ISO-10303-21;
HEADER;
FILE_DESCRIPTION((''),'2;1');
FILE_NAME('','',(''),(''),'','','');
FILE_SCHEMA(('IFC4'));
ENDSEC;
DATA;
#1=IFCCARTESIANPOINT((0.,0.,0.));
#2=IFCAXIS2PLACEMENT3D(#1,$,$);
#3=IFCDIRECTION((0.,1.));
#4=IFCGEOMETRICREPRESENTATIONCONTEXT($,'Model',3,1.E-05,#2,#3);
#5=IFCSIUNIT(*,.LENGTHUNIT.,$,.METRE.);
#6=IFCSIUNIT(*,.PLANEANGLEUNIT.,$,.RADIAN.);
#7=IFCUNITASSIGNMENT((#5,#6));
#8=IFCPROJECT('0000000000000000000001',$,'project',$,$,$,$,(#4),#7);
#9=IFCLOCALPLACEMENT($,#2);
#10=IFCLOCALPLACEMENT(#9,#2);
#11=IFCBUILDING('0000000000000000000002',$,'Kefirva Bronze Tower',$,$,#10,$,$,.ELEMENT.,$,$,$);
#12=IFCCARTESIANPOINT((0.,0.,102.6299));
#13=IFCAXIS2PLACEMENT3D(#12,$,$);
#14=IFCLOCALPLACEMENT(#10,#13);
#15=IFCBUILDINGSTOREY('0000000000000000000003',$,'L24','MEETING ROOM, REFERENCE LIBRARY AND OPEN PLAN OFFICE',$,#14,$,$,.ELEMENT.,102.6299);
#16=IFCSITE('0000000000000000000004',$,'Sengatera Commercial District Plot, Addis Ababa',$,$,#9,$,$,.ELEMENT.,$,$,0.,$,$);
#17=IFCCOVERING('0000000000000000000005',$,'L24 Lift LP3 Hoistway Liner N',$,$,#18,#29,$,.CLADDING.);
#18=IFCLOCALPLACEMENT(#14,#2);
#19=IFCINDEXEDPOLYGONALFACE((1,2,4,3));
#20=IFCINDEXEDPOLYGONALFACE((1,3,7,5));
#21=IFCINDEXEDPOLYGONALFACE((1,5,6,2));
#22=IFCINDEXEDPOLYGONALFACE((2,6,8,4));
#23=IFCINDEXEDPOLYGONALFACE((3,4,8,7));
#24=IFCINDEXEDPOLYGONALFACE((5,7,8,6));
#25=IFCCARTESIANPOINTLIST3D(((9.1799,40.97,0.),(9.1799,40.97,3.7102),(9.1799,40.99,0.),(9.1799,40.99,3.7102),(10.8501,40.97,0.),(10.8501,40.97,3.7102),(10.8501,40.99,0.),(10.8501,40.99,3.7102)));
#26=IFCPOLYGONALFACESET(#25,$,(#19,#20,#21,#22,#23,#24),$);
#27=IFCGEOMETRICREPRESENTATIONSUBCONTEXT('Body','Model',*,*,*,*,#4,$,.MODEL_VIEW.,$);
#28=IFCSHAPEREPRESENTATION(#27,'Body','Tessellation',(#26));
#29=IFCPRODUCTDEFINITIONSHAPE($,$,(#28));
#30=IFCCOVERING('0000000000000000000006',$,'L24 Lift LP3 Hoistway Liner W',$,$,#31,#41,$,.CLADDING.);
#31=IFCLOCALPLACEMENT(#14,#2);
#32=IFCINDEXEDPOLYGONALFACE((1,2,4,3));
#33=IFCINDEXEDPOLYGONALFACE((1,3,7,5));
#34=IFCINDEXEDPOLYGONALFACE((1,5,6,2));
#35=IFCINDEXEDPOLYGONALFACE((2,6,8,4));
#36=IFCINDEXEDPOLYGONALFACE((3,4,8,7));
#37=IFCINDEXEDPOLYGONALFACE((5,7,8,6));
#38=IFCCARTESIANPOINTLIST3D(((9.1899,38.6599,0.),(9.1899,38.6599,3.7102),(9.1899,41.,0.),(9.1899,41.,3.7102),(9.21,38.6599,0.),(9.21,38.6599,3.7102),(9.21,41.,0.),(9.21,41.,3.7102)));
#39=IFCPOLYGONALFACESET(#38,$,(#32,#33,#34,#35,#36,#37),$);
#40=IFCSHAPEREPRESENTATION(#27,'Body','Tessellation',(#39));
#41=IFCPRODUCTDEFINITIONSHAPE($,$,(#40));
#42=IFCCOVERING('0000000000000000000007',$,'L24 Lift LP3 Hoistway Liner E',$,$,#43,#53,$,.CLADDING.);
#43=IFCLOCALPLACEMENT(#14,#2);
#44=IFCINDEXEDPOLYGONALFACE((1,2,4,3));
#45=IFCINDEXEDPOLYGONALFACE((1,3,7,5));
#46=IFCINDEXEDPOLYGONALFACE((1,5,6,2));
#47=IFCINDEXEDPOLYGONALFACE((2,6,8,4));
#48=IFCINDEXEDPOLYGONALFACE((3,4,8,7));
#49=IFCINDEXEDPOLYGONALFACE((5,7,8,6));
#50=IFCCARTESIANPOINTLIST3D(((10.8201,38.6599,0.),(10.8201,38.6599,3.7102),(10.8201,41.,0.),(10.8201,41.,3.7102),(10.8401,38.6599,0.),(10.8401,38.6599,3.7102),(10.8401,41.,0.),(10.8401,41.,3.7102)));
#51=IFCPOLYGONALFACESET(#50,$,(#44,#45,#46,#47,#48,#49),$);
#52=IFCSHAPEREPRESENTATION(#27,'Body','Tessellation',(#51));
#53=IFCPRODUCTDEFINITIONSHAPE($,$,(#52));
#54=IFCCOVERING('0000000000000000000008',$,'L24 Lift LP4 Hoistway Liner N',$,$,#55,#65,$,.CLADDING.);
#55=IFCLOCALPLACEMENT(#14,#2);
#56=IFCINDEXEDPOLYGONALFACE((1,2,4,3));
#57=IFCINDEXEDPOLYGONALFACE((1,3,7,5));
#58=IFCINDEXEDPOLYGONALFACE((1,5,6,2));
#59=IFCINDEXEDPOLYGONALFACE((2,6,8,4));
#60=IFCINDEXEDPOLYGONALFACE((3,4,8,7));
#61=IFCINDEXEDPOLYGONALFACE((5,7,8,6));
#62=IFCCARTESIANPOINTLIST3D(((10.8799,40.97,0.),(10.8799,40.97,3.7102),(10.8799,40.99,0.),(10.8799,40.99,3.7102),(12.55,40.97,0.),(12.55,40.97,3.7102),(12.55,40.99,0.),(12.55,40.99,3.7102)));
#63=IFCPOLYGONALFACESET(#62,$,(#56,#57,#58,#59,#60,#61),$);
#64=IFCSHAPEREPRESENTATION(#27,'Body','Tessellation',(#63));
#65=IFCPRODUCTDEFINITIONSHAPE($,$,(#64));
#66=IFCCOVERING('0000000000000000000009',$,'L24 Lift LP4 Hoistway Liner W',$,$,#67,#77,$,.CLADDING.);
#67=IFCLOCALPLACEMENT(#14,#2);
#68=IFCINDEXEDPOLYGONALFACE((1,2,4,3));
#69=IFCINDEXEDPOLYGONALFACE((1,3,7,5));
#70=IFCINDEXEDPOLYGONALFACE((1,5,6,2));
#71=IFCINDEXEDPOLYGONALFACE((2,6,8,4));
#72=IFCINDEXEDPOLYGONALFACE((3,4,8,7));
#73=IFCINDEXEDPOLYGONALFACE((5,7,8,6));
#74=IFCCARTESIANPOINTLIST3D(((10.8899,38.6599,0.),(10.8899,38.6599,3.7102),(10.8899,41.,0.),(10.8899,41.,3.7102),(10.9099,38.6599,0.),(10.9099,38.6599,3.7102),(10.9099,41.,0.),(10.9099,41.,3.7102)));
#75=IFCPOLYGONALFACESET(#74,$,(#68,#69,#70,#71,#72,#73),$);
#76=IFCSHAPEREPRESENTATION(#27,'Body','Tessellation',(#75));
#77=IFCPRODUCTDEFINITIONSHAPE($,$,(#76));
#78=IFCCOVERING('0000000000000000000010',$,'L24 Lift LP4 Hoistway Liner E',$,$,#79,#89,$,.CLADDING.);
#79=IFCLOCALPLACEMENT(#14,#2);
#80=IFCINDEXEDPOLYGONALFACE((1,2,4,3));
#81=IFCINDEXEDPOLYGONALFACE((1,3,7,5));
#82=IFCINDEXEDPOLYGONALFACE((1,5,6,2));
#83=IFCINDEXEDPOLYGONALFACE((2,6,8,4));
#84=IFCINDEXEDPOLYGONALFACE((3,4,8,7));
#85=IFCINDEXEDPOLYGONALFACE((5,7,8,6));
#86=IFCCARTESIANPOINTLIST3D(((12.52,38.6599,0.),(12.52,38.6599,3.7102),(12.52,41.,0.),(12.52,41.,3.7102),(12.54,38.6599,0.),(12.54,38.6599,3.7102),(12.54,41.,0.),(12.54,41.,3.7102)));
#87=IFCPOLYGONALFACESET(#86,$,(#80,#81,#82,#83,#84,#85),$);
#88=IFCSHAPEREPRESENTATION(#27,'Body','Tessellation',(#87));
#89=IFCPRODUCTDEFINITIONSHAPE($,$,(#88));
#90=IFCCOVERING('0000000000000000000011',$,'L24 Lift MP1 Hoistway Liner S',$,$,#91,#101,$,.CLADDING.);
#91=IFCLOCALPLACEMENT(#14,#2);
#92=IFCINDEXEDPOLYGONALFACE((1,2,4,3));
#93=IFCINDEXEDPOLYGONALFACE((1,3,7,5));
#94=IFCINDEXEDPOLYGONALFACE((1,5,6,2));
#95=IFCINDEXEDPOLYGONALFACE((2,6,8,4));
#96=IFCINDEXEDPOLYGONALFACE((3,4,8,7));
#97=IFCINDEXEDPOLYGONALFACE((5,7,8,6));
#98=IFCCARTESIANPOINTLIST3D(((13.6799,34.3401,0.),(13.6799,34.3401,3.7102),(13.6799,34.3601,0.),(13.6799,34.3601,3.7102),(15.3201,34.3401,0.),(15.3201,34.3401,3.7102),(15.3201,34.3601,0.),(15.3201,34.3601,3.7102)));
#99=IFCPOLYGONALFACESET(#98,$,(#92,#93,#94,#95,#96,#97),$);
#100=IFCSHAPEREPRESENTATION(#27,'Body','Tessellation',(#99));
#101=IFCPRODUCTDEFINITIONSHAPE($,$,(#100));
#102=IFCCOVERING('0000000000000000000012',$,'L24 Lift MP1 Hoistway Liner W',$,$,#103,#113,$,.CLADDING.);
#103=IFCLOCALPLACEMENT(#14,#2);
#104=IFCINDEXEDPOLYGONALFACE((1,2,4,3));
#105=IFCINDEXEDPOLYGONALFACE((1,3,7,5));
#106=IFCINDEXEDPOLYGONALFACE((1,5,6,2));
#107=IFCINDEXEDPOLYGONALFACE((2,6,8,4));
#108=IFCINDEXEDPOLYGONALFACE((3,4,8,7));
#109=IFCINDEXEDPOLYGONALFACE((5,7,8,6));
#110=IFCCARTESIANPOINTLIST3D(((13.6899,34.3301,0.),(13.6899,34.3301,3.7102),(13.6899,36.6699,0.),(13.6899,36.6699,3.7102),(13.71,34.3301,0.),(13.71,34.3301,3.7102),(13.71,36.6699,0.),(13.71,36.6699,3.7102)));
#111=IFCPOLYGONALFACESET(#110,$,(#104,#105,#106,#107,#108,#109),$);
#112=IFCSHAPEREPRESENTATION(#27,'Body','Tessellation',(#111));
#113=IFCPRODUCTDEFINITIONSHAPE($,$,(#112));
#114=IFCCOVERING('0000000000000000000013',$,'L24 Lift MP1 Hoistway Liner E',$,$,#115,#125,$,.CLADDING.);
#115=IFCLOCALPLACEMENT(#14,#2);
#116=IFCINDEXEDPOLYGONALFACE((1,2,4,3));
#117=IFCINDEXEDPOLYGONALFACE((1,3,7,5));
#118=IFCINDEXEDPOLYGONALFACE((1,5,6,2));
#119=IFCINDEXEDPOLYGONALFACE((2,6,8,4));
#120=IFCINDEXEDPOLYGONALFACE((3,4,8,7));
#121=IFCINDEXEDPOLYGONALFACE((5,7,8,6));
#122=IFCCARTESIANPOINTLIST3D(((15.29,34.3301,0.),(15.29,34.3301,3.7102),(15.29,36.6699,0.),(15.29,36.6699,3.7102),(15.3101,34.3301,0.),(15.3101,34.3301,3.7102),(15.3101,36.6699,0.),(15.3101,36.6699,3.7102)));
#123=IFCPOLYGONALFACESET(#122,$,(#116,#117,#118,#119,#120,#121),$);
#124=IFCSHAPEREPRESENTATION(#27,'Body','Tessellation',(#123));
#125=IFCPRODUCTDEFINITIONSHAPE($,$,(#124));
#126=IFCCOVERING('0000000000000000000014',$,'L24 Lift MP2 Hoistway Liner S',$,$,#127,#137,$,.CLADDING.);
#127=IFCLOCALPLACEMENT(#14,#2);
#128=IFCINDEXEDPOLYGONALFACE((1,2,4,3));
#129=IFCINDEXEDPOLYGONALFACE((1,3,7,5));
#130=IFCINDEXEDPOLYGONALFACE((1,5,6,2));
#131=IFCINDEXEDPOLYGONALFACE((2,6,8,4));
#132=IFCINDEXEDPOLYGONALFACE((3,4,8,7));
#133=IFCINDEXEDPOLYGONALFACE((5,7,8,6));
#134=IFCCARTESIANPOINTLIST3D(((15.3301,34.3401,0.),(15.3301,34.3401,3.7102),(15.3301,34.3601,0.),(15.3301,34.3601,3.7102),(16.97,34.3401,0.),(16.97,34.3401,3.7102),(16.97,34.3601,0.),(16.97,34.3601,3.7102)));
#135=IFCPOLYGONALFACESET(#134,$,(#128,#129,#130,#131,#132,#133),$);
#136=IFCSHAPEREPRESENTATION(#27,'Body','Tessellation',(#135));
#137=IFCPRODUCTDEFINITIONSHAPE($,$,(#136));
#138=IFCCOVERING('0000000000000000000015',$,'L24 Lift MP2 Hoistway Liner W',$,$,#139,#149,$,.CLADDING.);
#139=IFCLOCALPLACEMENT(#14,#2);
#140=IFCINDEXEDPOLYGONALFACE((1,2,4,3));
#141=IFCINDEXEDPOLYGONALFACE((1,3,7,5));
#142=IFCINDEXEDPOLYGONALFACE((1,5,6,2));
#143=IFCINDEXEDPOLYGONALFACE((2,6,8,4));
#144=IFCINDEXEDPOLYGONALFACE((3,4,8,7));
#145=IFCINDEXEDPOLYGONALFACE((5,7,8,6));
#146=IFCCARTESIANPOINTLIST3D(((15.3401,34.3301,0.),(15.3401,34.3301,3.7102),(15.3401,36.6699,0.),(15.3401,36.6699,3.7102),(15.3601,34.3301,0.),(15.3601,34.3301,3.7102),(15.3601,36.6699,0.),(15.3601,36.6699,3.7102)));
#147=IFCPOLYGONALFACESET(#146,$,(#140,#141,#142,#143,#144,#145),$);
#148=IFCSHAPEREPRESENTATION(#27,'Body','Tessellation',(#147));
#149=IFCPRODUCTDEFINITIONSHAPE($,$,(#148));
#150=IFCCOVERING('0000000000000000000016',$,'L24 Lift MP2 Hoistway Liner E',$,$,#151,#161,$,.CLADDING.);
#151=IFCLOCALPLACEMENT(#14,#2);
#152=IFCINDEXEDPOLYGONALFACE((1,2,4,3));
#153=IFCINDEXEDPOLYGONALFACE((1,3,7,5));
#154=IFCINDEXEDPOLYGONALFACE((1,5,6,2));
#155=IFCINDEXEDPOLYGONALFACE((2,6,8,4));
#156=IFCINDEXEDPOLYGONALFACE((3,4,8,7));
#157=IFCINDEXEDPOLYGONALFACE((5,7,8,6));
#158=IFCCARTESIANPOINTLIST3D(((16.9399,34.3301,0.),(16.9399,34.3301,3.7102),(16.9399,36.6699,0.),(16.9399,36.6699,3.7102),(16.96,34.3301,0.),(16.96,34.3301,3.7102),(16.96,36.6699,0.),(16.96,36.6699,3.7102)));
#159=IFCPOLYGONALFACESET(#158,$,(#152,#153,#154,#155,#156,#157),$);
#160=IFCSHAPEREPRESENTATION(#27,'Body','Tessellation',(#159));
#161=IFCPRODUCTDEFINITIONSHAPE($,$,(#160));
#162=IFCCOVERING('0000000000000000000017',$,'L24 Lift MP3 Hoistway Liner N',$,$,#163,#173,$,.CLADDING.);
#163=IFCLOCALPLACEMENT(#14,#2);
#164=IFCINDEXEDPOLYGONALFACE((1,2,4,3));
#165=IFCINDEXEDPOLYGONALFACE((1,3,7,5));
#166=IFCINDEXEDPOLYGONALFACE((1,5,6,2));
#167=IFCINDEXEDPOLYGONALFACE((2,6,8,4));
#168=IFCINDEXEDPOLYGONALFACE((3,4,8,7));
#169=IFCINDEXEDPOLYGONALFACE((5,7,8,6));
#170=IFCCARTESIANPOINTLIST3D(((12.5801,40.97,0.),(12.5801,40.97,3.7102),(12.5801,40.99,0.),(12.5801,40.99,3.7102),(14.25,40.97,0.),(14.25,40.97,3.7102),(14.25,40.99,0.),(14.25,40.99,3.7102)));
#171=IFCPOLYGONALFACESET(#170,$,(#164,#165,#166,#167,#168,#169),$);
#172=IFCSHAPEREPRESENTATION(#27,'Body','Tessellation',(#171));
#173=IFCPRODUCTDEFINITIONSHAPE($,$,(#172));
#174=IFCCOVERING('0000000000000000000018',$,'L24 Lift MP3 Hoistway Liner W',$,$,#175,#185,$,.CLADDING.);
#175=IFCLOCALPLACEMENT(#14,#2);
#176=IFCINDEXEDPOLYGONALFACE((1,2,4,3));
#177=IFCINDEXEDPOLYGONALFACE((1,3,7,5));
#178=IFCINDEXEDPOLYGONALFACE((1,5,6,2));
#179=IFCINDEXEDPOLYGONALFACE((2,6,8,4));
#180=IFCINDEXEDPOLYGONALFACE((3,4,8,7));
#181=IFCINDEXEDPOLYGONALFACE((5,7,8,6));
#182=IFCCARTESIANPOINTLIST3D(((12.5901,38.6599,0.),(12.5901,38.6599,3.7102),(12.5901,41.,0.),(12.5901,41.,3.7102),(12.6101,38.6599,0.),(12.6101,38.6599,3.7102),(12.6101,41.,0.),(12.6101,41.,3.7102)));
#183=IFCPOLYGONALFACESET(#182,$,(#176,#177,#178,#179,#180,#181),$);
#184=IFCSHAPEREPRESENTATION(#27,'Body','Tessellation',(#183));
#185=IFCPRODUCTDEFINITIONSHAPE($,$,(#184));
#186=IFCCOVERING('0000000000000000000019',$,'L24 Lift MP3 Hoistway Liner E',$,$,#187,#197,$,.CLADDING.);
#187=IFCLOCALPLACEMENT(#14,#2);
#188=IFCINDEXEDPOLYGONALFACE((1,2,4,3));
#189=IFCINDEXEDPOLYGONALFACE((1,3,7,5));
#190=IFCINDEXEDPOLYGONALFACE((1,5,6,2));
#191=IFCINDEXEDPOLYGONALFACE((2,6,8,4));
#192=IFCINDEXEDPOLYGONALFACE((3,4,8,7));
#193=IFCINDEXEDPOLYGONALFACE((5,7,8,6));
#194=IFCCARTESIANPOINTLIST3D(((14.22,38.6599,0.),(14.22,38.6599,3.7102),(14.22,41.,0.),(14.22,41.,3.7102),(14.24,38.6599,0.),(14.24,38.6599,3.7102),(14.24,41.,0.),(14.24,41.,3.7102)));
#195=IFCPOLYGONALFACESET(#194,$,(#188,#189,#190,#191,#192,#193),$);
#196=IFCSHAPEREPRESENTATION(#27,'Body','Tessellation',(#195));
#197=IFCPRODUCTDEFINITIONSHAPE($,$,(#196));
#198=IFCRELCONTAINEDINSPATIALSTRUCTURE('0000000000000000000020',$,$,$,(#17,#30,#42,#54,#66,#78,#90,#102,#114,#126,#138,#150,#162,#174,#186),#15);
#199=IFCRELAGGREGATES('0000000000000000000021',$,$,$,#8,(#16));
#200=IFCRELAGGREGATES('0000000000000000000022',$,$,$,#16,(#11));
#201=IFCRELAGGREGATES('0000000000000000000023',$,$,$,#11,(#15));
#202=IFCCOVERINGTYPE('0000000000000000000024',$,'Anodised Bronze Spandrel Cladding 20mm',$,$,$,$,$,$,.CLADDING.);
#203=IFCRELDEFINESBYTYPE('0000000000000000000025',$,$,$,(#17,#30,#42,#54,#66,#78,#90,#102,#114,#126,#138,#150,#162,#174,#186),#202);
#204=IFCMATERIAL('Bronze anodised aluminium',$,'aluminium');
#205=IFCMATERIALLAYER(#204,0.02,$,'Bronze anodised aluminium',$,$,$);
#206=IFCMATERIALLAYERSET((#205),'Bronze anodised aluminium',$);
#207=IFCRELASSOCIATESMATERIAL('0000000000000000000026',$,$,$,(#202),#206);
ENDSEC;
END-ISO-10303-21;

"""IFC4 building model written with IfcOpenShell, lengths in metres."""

from ifc_helpers import new_model, si_unit, direction, frame, origin, place, context, subcontext, project, spatial, polyline, outline, extrude, material, layer, layer_set, type_object, element, save


model = new_model("IFC4")

# Units and contexts
model_context = context("Model", 3, precision=1e-05, world=origin(), true_north=direction((0.0, 1.0)))
body_context = subcontext(model_context, "Body", "Model", "MODEL_VIEW")
ifc_project = project(units=[si_unit("LENGTHUNIT", "METRE"), si_unit("PLANEANGLEUNIT", "RADIAN")], contexts=[model_context])

# Site, building, storey
site_placement = place(None, origin())
site = spatial("IfcSite", under=ifc_project, at=site_placement, Name="Sengatera Commercial District Plot, Addis Ababa", CompositionType="ELEMENT", RefElevation=0.0)
building_placement = place(site_placement, origin())
building = spatial("IfcBuilding", under=site, at=building_placement, Name="Kefirva Bronze Tower", CompositionType="ELEMENT")
storey_placement = place(building_placement, frame((0.0, 0.0, 102.6299)))
storey = spatial("IfcBuildingStorey", under=building, at=storey_placement, Name="L24", Description="MEETING ROOM, REFERENCE LIBRARY AND OPEN PLAN OFFICE", CompositionType="ELEMENT", Elevation=102.6299)

# Coverings
ifc_material = material(Name="Bronze anodised aluminium", Category="aluminium")
ifc_layer_1 = layer(ifc_material, 0.02, Name="Bronze anodised aluminium")
ifc_layer_set_1 = layer_set([ifc_layer_1], Name="Bronze anodised aluminium")
covering_type_1 = type_object("IfcCoveringType", Name="Anodised Bronze Spandrel Cladding 20mm", PredefinedType="CLADDING", material=ifc_layer_set_1)
covering_1_placement = place(storey_placement, origin())
element("IfcCovering", 1, at=covering_1_placement, inside=storey, type_object=covering_type_1, Name="L24 Lift LP3 Hoistway Liner N", PredefinedType="CLADDING", context=body_context, shape_type="SweptSolid", body=[
    extrude(outline(polyline([(9.1799, 40.97), (10.8501, 40.97), (10.8501, 40.99), (9.1799, 40.99), (9.1799, 40.97)])), origin(), (0.0, 0.0, 1.0), 3.7102),
])
covering_2_placement = place(storey_placement, origin())
element("IfcCovering", 2, at=covering_2_placement, inside=storey, type_object=covering_type_1, Name="L24 Lift LP3 Hoistway Liner W", PredefinedType="CLADDING", context=body_context, shape_type="SweptSolid", body=[
    extrude(outline(polyline([(9.1899, 38.6599), (9.21, 38.6599), (9.21, 41.0), (9.1899, 41.0), (9.1899, 38.6599)])), origin(), (0.0, 0.0, 1.0), 3.7102),
])
covering_3_placement = place(storey_placement, origin())
element("IfcCovering", 3, at=covering_3_placement, inside=storey, type_object=covering_type_1, Name="L24 Lift LP3 Hoistway Liner E", PredefinedType="CLADDING", context=body_context, shape_type="SweptSolid", body=[
    extrude(outline(polyline([(10.8201, 38.6599), (10.8401, 38.6599), (10.8401, 41.0), (10.8201, 41.0), (10.8201, 38.6599)])), origin(), (0.0, 0.0, 1.0), 3.7102),
])
covering_4_placement = place(storey_placement, origin())
element("IfcCovering", 4, at=covering_4_placement, inside=storey, type_object=covering_type_1, Name="L24 Lift LP4 Hoistway Liner N", PredefinedType="CLADDING", context=body_context, shape_type="SweptSolid", body=[
    extrude(outline(polyline([(10.8799, 40.97), (12.55, 40.97), (12.55, 40.99), (10.8799, 40.99), (10.8799, 40.97)])), origin(), (0.0, 0.0, 1.0), 3.7102),
])
covering_5_placement = place(storey_placement, origin())
element("IfcCovering", 5, at=covering_5_placement, inside=storey, type_object=covering_type_1, Name="L24 Lift LP4 Hoistway Liner W", PredefinedType="CLADDING", context=body_context, shape_type="SweptSolid", body=[
    extrude(outline(polyline([(10.8899, 38.6599), (10.9099, 38.6599), (10.9099, 41.0), (10.8899, 41.0), (10.8899, 38.6599)])), origin(), (0.0, 0.0, 1.0), 3.7102),
])
covering_6_placement = place(storey_placement, origin())
element("IfcCovering", 6, at=covering_6_placement, inside=storey, type_object=covering_type_1, Name="L24 Lift LP4 Hoistway Liner E", PredefinedType="CLADDING", context=body_context, shape_type="SweptSolid", body=[
    extrude(outline(polyline([(12.52, 38.6599), (12.54, 38.6599), (12.54, 41.0), (12.52, 41.0), (12.52, 38.6599)])), origin(), (0.0, 0.0, 1.0), 3.7102),
])
covering_7_placement = place(storey_placement, origin())
element("IfcCovering", 7, at=covering_7_placement, inside=storey, type_object=covering_type_1, Name="L24 Lift MP1 Hoistway Liner S", PredefinedType="CLADDING", context=body_context, shape_type="SweptSolid", body=[
    extrude(outline(polyline([(13.6799, 34.3401), (15.3201, 34.3401), (15.3201, 34.3601), (13.6799, 34.3601), (13.6799, 34.3401)])), origin(), (0.0, 0.0, 1.0), 3.7102),
])
covering_8_placement = place(storey_placement, origin())
element("IfcCovering", 8, at=covering_8_placement, inside=storey, type_object=covering_type_1, Name="L24 Lift MP1 Hoistway Liner W", PredefinedType="CLADDING", context=body_context, shape_type="SweptSolid", body=[
    extrude(outline(polyline([(13.6899, 34.3301), (13.71, 34.3301), (13.71, 36.6699), (13.6899, 36.6699), (13.6899, 34.3301)])), origin(), (0.0, 0.0, 1.0), 3.7102),
])
covering_9_placement = place(storey_placement, origin())
element("IfcCovering", 9, at=covering_9_placement, inside=storey, type_object=covering_type_1, Name="L24 Lift MP1 Hoistway Liner E", PredefinedType="CLADDING", context=body_context, shape_type="SweptSolid", body=[
    extrude(outline(polyline([(15.29, 34.3301), (15.3101, 34.3301), (15.3101, 36.6699), (15.29, 36.6699), (15.29, 34.3301)])), origin(), (0.0, 0.0, 1.0), 3.7102),
])
covering_10_placement = place(storey_placement, origin())
element("IfcCovering", 10, at=covering_10_placement, inside=storey, type_object=covering_type_1, Name="L24 Lift MP2 Hoistway Liner S", PredefinedType="CLADDING", context=body_context, shape_type="SweptSolid", body=[
    extrude(outline(polyline([(15.3301, 34.3401), (16.97, 34.3401), (16.97, 34.3601), (15.3301, 34.3601), (15.3301, 34.3401)])), origin(), (0.0, 0.0, 1.0), 3.7102),
])
covering_11_placement = place(storey_placement, origin())
element("IfcCovering", 11, at=covering_11_placement, inside=storey, type_object=covering_type_1, Name="L24 Lift MP2 Hoistway Liner W", PredefinedType="CLADDING", context=body_context, shape_type="SweptSolid", body=[
    extrude(outline(polyline([(15.3401, 34.3301), (15.3601, 34.3301), (15.3601, 36.6699), (15.3401, 36.6699), (15.3401, 34.3301)])), origin(), (0.0, 0.0, 1.0), 3.7102),
])
covering_12_placement = place(storey_placement, origin())
element("IfcCovering", 12, at=covering_12_placement, inside=storey, type_object=covering_type_1, Name="L24 Lift MP2 Hoistway Liner E", PredefinedType="CLADDING", context=body_context, shape_type="SweptSolid", body=[
    extrude(outline(polyline([(16.9399, 34.3301), (16.96, 34.3301), (16.96, 36.6699), (16.9399, 36.6699), (16.9399, 34.3301)])), origin(), (0.0, 0.0, 1.0), 3.7102),
])
covering_13_placement = place(storey_placement, origin())
element("IfcCovering", 13, at=covering_13_placement, inside=storey, type_object=covering_type_1, Name="L24 Lift MP3 Hoistway Liner N", PredefinedType="CLADDING", context=body_context, shape_type="SweptSolid", body=[
    extrude(outline(polyline([(12.5801, 40.97), (14.25, 40.97), (14.25, 40.99), (12.5801, 40.99), (12.5801, 40.97)])), origin(), (0.0, 0.0, 1.0), 3.7102),
])
covering_14_placement = place(storey_placement, origin())
element("IfcCovering", 14, at=covering_14_placement, inside=storey, type_object=covering_type_1, Name="L24 Lift MP3 Hoistway Liner W", PredefinedType="CLADDING", context=body_context, shape_type="SweptSolid", body=[
    extrude(outline(polyline([(12.5901, 38.6599), (12.6101, 38.6599), (12.6101, 41.0), (12.5901, 41.0), (12.5901, 38.6599)])), origin(), (0.0, 0.0, 1.0), 3.7102),
])
covering_15_placement = place(storey_placement, origin())
element("IfcCovering", 15, at=covering_15_placement, inside=storey, type_object=covering_type_1, Name="L24 Lift MP3 Hoistway Liner E", PredefinedType="CLADDING", context=body_context, shape_type="SweptSolid", body=[
    extrude(outline(polyline([(14.22, 38.6599), (14.24, 38.6599), (14.24, 41.0), (14.22, 41.0), (14.22, 38.6599)])), origin(), (0.0, 0.0, 1.0), 3.7102),
])

save(model, "model.ifc")
